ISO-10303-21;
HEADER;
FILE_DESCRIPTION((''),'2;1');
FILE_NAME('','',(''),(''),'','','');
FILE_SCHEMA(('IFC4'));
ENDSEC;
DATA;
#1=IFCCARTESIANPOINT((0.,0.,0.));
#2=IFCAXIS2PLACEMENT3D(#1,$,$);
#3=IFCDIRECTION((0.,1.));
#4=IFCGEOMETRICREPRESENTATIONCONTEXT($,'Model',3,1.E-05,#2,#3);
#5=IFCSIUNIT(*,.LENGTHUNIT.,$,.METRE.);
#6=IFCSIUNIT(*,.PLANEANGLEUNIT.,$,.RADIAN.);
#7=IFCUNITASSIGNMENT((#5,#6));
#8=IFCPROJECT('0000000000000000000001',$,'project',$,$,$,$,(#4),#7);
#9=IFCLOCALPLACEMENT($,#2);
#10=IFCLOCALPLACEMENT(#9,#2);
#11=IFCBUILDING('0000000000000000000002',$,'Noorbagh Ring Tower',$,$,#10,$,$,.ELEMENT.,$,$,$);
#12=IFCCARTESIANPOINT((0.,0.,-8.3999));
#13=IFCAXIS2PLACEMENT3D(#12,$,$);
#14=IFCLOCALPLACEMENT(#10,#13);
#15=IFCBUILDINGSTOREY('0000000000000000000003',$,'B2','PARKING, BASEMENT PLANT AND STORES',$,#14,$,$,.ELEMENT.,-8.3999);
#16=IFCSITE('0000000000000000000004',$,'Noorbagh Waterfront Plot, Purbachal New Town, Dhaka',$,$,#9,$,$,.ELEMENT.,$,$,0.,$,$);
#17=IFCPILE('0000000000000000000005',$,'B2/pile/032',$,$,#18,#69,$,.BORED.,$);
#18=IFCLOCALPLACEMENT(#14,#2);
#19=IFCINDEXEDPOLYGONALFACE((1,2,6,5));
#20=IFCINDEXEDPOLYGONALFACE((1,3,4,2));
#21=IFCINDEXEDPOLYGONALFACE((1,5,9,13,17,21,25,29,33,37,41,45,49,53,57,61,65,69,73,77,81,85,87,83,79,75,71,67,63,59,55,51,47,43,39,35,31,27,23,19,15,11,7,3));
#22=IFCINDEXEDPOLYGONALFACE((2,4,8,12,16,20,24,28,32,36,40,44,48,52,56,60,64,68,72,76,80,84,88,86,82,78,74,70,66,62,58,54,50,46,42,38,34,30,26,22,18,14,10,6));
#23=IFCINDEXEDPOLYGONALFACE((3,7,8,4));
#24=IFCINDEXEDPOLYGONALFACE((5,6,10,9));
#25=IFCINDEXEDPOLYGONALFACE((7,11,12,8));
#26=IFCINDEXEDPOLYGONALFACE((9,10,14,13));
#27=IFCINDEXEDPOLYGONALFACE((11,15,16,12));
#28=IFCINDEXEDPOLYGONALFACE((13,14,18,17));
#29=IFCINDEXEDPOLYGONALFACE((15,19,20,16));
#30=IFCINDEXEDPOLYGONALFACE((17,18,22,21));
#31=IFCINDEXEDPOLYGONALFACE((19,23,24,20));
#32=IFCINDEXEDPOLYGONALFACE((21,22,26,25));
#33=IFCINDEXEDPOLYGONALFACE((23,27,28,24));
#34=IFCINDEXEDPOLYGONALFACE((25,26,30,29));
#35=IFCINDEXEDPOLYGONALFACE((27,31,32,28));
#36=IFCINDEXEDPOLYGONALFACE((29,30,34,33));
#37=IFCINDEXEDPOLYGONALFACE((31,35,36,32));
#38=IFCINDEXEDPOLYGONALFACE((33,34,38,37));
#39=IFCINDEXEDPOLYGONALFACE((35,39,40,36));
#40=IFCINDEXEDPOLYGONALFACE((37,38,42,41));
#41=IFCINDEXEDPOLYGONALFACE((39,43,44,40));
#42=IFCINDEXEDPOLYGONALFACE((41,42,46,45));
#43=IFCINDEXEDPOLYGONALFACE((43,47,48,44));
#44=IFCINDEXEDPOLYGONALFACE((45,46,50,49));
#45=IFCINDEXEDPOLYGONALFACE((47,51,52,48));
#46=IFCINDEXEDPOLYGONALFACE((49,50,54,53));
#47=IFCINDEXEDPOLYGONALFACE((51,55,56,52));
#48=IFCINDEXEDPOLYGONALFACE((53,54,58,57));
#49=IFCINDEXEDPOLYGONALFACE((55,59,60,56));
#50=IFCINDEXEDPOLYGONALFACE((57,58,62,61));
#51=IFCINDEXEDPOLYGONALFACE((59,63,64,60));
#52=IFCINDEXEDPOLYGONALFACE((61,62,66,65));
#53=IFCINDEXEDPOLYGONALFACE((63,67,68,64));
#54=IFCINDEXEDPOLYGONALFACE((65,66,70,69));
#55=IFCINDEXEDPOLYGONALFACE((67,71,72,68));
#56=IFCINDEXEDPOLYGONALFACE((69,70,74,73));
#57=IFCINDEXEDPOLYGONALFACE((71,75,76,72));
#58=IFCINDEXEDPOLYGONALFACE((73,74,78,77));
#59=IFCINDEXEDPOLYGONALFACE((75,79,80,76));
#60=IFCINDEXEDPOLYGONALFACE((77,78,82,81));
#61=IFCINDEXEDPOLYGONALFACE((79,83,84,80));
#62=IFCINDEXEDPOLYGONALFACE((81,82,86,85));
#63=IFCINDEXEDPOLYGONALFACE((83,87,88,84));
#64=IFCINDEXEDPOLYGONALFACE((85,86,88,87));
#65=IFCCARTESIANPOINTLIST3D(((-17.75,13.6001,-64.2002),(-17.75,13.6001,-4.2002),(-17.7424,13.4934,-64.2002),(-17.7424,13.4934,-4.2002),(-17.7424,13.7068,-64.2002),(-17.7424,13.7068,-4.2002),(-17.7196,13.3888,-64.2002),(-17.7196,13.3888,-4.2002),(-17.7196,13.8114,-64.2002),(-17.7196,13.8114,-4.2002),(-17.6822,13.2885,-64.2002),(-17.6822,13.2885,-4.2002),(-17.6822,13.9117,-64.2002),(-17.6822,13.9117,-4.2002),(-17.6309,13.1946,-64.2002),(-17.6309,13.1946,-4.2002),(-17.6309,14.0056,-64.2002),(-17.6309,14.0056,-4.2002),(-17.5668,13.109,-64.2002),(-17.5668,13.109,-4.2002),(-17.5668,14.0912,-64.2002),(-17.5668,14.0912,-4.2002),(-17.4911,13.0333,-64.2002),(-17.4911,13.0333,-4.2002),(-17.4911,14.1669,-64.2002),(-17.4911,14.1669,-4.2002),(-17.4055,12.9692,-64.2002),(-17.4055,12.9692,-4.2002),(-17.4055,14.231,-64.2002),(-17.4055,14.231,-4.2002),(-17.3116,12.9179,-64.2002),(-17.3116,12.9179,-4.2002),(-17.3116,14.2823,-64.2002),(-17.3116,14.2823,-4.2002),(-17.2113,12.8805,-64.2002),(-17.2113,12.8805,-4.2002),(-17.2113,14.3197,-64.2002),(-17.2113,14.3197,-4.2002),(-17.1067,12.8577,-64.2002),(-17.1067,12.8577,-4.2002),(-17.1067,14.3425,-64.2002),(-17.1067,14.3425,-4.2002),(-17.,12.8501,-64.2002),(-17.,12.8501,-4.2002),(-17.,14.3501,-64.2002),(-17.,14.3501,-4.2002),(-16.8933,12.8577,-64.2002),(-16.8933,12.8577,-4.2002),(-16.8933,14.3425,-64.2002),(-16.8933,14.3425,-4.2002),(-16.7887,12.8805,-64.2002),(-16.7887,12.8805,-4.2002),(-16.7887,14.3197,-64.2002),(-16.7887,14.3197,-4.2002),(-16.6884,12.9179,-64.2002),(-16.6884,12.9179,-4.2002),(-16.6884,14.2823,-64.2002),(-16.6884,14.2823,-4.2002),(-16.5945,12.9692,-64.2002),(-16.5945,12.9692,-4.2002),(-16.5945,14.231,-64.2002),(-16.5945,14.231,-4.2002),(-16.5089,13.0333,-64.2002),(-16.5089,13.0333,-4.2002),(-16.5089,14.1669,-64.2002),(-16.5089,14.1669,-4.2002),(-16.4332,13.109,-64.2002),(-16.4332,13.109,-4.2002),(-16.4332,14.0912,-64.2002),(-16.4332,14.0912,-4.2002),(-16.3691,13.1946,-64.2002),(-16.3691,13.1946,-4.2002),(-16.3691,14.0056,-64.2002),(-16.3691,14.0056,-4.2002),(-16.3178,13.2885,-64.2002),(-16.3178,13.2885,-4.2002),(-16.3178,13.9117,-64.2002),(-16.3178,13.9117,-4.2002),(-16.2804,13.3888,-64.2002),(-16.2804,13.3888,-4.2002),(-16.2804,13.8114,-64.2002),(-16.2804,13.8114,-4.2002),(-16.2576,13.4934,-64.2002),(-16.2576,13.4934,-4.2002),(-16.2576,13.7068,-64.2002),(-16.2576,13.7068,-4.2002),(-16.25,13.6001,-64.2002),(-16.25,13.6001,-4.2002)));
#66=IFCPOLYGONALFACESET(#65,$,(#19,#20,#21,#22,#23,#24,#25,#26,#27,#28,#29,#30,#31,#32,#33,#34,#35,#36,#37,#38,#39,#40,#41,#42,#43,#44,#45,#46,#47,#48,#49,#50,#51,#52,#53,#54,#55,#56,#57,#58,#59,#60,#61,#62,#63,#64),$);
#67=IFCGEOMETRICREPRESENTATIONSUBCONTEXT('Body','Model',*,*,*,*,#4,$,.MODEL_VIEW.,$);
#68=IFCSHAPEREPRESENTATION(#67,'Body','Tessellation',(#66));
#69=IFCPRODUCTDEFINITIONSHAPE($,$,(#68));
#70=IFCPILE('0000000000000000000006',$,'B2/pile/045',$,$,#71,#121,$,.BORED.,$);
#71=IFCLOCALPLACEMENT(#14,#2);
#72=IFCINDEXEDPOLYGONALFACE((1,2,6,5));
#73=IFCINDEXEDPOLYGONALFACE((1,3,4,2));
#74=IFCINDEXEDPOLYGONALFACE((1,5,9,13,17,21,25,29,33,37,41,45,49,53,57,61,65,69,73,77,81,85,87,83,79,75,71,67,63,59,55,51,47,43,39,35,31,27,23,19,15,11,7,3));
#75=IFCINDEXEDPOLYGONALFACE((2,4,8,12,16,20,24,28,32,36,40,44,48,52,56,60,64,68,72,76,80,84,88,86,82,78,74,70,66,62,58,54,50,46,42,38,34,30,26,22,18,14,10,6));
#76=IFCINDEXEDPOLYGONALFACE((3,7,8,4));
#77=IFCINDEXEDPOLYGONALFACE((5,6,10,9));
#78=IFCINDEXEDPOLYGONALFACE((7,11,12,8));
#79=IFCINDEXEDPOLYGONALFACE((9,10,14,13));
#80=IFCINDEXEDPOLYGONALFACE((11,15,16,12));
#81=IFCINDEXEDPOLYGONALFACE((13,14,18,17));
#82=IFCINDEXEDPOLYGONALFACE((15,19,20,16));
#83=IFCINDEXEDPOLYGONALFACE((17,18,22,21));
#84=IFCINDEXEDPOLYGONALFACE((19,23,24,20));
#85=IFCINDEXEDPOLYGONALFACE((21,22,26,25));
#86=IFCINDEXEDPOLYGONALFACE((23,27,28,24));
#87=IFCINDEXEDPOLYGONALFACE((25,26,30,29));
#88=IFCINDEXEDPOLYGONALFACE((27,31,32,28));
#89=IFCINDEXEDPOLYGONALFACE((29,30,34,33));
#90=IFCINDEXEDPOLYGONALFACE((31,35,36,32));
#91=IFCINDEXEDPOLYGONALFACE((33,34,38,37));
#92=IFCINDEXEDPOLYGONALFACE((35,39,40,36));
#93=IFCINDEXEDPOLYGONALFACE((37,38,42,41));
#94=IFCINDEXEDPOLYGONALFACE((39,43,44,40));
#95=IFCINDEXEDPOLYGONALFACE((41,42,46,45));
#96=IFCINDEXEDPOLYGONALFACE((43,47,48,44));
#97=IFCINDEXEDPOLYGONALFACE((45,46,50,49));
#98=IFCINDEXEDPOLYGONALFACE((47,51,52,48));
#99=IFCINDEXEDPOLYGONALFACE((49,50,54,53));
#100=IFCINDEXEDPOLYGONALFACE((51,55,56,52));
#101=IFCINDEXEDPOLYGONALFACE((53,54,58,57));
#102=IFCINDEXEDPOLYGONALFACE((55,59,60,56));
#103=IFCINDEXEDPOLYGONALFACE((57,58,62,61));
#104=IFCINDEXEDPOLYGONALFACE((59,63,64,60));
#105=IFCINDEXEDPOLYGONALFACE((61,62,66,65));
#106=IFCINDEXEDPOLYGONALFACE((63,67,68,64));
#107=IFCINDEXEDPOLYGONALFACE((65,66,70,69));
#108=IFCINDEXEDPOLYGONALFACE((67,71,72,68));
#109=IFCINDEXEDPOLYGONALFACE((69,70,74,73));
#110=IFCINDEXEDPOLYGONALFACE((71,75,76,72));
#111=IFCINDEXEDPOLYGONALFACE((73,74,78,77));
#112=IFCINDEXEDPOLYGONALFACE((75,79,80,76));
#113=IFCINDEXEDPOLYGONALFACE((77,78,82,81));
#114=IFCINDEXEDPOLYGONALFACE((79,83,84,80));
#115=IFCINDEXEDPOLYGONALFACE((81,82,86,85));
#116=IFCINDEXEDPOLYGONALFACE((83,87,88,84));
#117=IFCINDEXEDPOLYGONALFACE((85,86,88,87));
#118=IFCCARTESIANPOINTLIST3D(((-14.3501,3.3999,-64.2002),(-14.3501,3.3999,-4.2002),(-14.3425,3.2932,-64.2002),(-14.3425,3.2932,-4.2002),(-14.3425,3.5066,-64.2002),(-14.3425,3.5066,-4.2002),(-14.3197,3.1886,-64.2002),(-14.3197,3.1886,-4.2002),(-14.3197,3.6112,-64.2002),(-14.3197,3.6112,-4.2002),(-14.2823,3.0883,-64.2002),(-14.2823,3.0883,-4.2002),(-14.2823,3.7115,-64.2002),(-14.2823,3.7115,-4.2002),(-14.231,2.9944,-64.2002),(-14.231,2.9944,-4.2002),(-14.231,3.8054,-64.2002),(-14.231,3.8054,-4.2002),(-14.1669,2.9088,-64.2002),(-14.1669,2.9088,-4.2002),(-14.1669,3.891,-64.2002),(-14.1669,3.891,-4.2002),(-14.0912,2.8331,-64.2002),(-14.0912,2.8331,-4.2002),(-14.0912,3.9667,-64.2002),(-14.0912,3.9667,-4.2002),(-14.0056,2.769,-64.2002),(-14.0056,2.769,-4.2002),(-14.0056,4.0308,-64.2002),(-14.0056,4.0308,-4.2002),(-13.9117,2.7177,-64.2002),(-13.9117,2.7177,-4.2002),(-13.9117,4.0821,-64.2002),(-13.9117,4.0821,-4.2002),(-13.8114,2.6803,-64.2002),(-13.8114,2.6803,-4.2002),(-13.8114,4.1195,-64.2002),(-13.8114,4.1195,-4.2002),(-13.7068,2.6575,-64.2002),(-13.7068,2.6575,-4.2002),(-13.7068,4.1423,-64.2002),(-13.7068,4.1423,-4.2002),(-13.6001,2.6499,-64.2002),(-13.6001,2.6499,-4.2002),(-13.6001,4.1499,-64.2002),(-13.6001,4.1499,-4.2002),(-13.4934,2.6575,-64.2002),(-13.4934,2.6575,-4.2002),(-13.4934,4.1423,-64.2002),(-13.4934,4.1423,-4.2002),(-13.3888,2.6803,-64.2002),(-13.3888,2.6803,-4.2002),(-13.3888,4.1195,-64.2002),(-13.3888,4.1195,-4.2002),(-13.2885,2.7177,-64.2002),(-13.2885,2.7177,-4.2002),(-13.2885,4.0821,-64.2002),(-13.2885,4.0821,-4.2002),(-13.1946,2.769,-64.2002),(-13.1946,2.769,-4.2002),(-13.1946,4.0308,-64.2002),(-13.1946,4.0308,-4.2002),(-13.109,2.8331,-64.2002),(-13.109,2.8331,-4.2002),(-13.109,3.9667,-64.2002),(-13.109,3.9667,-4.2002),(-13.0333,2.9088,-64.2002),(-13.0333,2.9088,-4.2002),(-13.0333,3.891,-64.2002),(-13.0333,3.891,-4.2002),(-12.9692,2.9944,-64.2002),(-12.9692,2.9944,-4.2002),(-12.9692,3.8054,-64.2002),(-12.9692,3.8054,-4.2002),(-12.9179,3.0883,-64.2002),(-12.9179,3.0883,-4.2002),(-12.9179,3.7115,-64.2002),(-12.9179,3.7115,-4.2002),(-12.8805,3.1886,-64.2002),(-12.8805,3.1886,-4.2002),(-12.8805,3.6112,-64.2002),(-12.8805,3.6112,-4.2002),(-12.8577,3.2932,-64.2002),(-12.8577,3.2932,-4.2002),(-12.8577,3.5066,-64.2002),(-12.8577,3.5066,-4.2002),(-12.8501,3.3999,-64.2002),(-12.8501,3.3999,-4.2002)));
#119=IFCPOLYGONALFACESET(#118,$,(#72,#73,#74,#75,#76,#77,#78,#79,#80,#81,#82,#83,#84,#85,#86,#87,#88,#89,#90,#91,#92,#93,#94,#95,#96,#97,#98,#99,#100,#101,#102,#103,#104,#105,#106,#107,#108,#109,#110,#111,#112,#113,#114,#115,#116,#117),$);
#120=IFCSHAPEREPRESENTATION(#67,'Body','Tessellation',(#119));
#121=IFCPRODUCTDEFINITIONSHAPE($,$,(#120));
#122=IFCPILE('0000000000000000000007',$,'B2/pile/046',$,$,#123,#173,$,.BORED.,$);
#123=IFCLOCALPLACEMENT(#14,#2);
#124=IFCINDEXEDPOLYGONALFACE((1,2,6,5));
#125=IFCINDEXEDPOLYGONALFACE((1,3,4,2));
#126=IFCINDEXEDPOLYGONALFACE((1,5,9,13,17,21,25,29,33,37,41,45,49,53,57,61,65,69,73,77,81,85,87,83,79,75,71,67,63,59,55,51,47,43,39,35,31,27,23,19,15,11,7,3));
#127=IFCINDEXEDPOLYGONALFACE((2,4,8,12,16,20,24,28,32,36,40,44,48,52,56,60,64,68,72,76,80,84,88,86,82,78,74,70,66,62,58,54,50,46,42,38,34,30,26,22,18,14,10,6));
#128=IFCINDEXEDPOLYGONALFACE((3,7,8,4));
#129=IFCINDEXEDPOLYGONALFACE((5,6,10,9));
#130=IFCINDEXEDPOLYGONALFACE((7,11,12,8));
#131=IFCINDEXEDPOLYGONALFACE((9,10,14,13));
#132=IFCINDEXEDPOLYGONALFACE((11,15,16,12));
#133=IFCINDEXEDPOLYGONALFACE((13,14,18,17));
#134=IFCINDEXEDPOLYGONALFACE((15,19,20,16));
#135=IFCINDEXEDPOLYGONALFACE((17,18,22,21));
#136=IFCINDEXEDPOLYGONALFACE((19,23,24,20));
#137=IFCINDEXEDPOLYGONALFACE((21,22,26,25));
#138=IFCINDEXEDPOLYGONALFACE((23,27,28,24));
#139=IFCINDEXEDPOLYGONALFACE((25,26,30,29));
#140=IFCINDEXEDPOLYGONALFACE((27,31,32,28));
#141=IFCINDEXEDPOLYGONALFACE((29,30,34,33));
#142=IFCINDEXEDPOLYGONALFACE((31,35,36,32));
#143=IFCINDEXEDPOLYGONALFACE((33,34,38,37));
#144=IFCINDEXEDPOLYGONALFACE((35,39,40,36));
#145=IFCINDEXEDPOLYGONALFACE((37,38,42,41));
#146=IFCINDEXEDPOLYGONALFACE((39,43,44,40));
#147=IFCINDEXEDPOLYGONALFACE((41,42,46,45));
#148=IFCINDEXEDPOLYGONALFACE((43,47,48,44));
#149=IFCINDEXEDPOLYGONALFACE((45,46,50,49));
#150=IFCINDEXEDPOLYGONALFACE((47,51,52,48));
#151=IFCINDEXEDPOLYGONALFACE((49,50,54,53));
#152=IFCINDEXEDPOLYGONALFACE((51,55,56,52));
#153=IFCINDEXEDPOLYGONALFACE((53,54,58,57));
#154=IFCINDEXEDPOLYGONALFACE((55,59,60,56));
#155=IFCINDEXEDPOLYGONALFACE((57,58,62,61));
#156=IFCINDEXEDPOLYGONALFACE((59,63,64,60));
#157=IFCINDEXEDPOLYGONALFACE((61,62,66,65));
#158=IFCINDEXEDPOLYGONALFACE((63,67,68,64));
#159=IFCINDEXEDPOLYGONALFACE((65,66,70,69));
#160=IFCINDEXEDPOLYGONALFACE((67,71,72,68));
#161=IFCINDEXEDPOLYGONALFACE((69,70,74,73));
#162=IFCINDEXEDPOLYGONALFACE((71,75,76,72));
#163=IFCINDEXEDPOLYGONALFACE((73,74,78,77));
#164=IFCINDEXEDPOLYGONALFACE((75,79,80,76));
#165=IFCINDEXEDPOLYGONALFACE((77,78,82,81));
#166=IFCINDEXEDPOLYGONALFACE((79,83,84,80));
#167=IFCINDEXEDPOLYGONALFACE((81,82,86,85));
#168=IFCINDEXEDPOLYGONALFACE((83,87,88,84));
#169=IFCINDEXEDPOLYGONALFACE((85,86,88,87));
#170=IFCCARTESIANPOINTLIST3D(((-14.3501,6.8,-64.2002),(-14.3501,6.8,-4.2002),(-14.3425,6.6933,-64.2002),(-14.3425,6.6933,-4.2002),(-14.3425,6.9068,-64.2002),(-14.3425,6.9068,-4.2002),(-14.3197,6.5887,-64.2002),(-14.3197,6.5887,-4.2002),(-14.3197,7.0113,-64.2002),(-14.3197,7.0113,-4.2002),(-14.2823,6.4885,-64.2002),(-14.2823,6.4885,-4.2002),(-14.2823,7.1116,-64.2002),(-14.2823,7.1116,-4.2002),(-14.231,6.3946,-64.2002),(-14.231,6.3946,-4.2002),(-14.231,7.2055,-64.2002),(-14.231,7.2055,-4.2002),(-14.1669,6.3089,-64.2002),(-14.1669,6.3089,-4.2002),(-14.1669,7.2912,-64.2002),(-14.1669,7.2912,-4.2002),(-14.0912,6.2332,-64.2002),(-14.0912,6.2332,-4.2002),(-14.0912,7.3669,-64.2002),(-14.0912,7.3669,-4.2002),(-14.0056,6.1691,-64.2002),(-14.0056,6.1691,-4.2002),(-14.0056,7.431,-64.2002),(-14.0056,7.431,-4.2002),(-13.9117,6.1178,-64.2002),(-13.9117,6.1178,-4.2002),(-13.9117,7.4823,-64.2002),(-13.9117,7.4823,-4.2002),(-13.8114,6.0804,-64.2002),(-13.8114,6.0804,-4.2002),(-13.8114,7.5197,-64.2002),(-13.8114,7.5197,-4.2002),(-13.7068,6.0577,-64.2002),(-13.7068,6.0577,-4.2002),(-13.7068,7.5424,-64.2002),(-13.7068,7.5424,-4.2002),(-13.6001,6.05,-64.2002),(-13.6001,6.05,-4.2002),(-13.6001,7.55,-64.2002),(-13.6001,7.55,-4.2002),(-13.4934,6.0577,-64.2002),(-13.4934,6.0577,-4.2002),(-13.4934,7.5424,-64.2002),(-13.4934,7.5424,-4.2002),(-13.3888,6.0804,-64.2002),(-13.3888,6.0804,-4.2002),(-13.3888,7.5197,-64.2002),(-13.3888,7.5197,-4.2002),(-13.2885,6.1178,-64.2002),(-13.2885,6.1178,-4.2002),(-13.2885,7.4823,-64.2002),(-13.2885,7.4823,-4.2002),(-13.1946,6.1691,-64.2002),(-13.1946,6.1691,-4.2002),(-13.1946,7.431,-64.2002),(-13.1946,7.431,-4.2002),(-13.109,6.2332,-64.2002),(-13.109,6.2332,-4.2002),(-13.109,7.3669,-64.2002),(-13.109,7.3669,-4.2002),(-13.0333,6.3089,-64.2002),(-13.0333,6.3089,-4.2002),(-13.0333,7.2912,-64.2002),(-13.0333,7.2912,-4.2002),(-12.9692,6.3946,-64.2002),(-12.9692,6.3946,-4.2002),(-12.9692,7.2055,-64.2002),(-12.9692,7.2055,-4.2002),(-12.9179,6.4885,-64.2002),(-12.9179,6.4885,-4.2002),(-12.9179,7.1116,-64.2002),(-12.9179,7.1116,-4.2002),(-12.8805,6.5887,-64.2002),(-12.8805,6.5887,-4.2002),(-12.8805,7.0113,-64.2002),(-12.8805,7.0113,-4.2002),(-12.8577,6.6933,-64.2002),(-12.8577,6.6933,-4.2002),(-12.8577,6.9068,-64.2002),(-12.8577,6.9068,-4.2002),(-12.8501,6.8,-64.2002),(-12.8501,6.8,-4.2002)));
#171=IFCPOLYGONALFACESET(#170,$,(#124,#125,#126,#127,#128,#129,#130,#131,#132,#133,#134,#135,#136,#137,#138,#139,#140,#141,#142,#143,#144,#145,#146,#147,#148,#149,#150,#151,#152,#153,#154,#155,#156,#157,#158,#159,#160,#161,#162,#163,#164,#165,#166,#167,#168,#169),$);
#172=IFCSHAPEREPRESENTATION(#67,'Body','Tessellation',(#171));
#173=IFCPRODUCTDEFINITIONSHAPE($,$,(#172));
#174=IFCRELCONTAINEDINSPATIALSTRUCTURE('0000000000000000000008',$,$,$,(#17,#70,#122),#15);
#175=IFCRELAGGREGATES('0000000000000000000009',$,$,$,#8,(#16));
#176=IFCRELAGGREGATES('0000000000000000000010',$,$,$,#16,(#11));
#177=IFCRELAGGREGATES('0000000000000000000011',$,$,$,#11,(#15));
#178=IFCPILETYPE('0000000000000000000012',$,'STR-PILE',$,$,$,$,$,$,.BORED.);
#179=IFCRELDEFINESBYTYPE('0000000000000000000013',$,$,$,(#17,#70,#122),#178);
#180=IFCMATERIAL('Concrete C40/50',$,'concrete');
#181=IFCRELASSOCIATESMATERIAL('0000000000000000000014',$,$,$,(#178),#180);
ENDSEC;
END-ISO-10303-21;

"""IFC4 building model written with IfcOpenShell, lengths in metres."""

from ifc_helpers import new_model, si_unit, direction, frame, origin, origin_2d, place, context, subcontext, project, spatial, circle, extrude, material, material_profile, profile_set, type_object, element, save


model = new_model("IFC4")

# Units and contexts
model_context = context("Model", 3, precision=1e-05, world=origin(), true_north=direction((0.0, 1.0)))
body_context = subcontext(model_context, "Body", "Model", "MODEL_VIEW")
ifc_project = project(units=[si_unit("LENGTHUNIT", "METRE"), si_unit("PLANEANGLEUNIT", "RADIAN")], contexts=[model_context])

# Site, building, storey
site_placement = place(None, origin())
site = spatial("IfcSite", under=ifc_project, at=site_placement, Name="Noorbagh Waterfront Plot, Purbachal New Town, Dhaka", CompositionType="ELEMENT", RefElevation=0.0)
building_placement = place(site_placement, origin())
building = spatial("IfcBuilding", under=site, at=building_placement, Name="Noorbagh Ring Tower", CompositionType="ELEMENT")
storey_placement = place(building_placement, frame((0.0, 0.0, -8.3999)))
storey = spatial("IfcBuildingStorey", under=building, at=storey_placement, Name="B2", Description="PARKING, BASEMENT PLANT AND STORES", CompositionType="ELEMENT", Elevation=-8.3999)

# Piles
ifc_material_1 = material(Name="Concrete C40/50", Category="concrete")
ifc_material_profile_1 = material_profile(ifc_material_1, circle(Radius=0.75, at=origin_2d()), Name="PILE1500")
ifc_profile_set_1 = profile_set([ifc_material_profile_1], Name="Concrete C40/50")
pile_type = type_object("IfcPileType", Name="STR-PILE", PredefinedType="BORED", material=ifc_profile_set_1)
for number, where, z_axis, x_axis, name in (
    (1, (-17.0, 13.6001, -4.2002), (0.0, 0.0, -1.0), (1.0, 0.0, 0.0), "B2/pile/032"),
    (2, (-13.6001, 3.3999, -4.2002), (0.0, 0.0, -1.0), (1.0, 0.0, 0.0), "B2/pile/045"),
    (3, (-13.6001, 6.8, -4.2002), (0.0, 0.0, -1.0), (1.0, 0.0, 0.0), "B2/pile/046"),
):
    element("IfcPile", number, at=place(storey_placement, frame(where, z_axis=z_axis, x_axis=x_axis)), inside=storey, type_object=pile_type, Name=name, PredefinedType="BORED", context=body_context, shape_type="SweptSolid", body=[
        extrude(circle(Radius=0.75, at=origin_2d()), origin(), (0.0, 0.0, 1.0), 60.0),
    ])

save(model, "model.ifc")
